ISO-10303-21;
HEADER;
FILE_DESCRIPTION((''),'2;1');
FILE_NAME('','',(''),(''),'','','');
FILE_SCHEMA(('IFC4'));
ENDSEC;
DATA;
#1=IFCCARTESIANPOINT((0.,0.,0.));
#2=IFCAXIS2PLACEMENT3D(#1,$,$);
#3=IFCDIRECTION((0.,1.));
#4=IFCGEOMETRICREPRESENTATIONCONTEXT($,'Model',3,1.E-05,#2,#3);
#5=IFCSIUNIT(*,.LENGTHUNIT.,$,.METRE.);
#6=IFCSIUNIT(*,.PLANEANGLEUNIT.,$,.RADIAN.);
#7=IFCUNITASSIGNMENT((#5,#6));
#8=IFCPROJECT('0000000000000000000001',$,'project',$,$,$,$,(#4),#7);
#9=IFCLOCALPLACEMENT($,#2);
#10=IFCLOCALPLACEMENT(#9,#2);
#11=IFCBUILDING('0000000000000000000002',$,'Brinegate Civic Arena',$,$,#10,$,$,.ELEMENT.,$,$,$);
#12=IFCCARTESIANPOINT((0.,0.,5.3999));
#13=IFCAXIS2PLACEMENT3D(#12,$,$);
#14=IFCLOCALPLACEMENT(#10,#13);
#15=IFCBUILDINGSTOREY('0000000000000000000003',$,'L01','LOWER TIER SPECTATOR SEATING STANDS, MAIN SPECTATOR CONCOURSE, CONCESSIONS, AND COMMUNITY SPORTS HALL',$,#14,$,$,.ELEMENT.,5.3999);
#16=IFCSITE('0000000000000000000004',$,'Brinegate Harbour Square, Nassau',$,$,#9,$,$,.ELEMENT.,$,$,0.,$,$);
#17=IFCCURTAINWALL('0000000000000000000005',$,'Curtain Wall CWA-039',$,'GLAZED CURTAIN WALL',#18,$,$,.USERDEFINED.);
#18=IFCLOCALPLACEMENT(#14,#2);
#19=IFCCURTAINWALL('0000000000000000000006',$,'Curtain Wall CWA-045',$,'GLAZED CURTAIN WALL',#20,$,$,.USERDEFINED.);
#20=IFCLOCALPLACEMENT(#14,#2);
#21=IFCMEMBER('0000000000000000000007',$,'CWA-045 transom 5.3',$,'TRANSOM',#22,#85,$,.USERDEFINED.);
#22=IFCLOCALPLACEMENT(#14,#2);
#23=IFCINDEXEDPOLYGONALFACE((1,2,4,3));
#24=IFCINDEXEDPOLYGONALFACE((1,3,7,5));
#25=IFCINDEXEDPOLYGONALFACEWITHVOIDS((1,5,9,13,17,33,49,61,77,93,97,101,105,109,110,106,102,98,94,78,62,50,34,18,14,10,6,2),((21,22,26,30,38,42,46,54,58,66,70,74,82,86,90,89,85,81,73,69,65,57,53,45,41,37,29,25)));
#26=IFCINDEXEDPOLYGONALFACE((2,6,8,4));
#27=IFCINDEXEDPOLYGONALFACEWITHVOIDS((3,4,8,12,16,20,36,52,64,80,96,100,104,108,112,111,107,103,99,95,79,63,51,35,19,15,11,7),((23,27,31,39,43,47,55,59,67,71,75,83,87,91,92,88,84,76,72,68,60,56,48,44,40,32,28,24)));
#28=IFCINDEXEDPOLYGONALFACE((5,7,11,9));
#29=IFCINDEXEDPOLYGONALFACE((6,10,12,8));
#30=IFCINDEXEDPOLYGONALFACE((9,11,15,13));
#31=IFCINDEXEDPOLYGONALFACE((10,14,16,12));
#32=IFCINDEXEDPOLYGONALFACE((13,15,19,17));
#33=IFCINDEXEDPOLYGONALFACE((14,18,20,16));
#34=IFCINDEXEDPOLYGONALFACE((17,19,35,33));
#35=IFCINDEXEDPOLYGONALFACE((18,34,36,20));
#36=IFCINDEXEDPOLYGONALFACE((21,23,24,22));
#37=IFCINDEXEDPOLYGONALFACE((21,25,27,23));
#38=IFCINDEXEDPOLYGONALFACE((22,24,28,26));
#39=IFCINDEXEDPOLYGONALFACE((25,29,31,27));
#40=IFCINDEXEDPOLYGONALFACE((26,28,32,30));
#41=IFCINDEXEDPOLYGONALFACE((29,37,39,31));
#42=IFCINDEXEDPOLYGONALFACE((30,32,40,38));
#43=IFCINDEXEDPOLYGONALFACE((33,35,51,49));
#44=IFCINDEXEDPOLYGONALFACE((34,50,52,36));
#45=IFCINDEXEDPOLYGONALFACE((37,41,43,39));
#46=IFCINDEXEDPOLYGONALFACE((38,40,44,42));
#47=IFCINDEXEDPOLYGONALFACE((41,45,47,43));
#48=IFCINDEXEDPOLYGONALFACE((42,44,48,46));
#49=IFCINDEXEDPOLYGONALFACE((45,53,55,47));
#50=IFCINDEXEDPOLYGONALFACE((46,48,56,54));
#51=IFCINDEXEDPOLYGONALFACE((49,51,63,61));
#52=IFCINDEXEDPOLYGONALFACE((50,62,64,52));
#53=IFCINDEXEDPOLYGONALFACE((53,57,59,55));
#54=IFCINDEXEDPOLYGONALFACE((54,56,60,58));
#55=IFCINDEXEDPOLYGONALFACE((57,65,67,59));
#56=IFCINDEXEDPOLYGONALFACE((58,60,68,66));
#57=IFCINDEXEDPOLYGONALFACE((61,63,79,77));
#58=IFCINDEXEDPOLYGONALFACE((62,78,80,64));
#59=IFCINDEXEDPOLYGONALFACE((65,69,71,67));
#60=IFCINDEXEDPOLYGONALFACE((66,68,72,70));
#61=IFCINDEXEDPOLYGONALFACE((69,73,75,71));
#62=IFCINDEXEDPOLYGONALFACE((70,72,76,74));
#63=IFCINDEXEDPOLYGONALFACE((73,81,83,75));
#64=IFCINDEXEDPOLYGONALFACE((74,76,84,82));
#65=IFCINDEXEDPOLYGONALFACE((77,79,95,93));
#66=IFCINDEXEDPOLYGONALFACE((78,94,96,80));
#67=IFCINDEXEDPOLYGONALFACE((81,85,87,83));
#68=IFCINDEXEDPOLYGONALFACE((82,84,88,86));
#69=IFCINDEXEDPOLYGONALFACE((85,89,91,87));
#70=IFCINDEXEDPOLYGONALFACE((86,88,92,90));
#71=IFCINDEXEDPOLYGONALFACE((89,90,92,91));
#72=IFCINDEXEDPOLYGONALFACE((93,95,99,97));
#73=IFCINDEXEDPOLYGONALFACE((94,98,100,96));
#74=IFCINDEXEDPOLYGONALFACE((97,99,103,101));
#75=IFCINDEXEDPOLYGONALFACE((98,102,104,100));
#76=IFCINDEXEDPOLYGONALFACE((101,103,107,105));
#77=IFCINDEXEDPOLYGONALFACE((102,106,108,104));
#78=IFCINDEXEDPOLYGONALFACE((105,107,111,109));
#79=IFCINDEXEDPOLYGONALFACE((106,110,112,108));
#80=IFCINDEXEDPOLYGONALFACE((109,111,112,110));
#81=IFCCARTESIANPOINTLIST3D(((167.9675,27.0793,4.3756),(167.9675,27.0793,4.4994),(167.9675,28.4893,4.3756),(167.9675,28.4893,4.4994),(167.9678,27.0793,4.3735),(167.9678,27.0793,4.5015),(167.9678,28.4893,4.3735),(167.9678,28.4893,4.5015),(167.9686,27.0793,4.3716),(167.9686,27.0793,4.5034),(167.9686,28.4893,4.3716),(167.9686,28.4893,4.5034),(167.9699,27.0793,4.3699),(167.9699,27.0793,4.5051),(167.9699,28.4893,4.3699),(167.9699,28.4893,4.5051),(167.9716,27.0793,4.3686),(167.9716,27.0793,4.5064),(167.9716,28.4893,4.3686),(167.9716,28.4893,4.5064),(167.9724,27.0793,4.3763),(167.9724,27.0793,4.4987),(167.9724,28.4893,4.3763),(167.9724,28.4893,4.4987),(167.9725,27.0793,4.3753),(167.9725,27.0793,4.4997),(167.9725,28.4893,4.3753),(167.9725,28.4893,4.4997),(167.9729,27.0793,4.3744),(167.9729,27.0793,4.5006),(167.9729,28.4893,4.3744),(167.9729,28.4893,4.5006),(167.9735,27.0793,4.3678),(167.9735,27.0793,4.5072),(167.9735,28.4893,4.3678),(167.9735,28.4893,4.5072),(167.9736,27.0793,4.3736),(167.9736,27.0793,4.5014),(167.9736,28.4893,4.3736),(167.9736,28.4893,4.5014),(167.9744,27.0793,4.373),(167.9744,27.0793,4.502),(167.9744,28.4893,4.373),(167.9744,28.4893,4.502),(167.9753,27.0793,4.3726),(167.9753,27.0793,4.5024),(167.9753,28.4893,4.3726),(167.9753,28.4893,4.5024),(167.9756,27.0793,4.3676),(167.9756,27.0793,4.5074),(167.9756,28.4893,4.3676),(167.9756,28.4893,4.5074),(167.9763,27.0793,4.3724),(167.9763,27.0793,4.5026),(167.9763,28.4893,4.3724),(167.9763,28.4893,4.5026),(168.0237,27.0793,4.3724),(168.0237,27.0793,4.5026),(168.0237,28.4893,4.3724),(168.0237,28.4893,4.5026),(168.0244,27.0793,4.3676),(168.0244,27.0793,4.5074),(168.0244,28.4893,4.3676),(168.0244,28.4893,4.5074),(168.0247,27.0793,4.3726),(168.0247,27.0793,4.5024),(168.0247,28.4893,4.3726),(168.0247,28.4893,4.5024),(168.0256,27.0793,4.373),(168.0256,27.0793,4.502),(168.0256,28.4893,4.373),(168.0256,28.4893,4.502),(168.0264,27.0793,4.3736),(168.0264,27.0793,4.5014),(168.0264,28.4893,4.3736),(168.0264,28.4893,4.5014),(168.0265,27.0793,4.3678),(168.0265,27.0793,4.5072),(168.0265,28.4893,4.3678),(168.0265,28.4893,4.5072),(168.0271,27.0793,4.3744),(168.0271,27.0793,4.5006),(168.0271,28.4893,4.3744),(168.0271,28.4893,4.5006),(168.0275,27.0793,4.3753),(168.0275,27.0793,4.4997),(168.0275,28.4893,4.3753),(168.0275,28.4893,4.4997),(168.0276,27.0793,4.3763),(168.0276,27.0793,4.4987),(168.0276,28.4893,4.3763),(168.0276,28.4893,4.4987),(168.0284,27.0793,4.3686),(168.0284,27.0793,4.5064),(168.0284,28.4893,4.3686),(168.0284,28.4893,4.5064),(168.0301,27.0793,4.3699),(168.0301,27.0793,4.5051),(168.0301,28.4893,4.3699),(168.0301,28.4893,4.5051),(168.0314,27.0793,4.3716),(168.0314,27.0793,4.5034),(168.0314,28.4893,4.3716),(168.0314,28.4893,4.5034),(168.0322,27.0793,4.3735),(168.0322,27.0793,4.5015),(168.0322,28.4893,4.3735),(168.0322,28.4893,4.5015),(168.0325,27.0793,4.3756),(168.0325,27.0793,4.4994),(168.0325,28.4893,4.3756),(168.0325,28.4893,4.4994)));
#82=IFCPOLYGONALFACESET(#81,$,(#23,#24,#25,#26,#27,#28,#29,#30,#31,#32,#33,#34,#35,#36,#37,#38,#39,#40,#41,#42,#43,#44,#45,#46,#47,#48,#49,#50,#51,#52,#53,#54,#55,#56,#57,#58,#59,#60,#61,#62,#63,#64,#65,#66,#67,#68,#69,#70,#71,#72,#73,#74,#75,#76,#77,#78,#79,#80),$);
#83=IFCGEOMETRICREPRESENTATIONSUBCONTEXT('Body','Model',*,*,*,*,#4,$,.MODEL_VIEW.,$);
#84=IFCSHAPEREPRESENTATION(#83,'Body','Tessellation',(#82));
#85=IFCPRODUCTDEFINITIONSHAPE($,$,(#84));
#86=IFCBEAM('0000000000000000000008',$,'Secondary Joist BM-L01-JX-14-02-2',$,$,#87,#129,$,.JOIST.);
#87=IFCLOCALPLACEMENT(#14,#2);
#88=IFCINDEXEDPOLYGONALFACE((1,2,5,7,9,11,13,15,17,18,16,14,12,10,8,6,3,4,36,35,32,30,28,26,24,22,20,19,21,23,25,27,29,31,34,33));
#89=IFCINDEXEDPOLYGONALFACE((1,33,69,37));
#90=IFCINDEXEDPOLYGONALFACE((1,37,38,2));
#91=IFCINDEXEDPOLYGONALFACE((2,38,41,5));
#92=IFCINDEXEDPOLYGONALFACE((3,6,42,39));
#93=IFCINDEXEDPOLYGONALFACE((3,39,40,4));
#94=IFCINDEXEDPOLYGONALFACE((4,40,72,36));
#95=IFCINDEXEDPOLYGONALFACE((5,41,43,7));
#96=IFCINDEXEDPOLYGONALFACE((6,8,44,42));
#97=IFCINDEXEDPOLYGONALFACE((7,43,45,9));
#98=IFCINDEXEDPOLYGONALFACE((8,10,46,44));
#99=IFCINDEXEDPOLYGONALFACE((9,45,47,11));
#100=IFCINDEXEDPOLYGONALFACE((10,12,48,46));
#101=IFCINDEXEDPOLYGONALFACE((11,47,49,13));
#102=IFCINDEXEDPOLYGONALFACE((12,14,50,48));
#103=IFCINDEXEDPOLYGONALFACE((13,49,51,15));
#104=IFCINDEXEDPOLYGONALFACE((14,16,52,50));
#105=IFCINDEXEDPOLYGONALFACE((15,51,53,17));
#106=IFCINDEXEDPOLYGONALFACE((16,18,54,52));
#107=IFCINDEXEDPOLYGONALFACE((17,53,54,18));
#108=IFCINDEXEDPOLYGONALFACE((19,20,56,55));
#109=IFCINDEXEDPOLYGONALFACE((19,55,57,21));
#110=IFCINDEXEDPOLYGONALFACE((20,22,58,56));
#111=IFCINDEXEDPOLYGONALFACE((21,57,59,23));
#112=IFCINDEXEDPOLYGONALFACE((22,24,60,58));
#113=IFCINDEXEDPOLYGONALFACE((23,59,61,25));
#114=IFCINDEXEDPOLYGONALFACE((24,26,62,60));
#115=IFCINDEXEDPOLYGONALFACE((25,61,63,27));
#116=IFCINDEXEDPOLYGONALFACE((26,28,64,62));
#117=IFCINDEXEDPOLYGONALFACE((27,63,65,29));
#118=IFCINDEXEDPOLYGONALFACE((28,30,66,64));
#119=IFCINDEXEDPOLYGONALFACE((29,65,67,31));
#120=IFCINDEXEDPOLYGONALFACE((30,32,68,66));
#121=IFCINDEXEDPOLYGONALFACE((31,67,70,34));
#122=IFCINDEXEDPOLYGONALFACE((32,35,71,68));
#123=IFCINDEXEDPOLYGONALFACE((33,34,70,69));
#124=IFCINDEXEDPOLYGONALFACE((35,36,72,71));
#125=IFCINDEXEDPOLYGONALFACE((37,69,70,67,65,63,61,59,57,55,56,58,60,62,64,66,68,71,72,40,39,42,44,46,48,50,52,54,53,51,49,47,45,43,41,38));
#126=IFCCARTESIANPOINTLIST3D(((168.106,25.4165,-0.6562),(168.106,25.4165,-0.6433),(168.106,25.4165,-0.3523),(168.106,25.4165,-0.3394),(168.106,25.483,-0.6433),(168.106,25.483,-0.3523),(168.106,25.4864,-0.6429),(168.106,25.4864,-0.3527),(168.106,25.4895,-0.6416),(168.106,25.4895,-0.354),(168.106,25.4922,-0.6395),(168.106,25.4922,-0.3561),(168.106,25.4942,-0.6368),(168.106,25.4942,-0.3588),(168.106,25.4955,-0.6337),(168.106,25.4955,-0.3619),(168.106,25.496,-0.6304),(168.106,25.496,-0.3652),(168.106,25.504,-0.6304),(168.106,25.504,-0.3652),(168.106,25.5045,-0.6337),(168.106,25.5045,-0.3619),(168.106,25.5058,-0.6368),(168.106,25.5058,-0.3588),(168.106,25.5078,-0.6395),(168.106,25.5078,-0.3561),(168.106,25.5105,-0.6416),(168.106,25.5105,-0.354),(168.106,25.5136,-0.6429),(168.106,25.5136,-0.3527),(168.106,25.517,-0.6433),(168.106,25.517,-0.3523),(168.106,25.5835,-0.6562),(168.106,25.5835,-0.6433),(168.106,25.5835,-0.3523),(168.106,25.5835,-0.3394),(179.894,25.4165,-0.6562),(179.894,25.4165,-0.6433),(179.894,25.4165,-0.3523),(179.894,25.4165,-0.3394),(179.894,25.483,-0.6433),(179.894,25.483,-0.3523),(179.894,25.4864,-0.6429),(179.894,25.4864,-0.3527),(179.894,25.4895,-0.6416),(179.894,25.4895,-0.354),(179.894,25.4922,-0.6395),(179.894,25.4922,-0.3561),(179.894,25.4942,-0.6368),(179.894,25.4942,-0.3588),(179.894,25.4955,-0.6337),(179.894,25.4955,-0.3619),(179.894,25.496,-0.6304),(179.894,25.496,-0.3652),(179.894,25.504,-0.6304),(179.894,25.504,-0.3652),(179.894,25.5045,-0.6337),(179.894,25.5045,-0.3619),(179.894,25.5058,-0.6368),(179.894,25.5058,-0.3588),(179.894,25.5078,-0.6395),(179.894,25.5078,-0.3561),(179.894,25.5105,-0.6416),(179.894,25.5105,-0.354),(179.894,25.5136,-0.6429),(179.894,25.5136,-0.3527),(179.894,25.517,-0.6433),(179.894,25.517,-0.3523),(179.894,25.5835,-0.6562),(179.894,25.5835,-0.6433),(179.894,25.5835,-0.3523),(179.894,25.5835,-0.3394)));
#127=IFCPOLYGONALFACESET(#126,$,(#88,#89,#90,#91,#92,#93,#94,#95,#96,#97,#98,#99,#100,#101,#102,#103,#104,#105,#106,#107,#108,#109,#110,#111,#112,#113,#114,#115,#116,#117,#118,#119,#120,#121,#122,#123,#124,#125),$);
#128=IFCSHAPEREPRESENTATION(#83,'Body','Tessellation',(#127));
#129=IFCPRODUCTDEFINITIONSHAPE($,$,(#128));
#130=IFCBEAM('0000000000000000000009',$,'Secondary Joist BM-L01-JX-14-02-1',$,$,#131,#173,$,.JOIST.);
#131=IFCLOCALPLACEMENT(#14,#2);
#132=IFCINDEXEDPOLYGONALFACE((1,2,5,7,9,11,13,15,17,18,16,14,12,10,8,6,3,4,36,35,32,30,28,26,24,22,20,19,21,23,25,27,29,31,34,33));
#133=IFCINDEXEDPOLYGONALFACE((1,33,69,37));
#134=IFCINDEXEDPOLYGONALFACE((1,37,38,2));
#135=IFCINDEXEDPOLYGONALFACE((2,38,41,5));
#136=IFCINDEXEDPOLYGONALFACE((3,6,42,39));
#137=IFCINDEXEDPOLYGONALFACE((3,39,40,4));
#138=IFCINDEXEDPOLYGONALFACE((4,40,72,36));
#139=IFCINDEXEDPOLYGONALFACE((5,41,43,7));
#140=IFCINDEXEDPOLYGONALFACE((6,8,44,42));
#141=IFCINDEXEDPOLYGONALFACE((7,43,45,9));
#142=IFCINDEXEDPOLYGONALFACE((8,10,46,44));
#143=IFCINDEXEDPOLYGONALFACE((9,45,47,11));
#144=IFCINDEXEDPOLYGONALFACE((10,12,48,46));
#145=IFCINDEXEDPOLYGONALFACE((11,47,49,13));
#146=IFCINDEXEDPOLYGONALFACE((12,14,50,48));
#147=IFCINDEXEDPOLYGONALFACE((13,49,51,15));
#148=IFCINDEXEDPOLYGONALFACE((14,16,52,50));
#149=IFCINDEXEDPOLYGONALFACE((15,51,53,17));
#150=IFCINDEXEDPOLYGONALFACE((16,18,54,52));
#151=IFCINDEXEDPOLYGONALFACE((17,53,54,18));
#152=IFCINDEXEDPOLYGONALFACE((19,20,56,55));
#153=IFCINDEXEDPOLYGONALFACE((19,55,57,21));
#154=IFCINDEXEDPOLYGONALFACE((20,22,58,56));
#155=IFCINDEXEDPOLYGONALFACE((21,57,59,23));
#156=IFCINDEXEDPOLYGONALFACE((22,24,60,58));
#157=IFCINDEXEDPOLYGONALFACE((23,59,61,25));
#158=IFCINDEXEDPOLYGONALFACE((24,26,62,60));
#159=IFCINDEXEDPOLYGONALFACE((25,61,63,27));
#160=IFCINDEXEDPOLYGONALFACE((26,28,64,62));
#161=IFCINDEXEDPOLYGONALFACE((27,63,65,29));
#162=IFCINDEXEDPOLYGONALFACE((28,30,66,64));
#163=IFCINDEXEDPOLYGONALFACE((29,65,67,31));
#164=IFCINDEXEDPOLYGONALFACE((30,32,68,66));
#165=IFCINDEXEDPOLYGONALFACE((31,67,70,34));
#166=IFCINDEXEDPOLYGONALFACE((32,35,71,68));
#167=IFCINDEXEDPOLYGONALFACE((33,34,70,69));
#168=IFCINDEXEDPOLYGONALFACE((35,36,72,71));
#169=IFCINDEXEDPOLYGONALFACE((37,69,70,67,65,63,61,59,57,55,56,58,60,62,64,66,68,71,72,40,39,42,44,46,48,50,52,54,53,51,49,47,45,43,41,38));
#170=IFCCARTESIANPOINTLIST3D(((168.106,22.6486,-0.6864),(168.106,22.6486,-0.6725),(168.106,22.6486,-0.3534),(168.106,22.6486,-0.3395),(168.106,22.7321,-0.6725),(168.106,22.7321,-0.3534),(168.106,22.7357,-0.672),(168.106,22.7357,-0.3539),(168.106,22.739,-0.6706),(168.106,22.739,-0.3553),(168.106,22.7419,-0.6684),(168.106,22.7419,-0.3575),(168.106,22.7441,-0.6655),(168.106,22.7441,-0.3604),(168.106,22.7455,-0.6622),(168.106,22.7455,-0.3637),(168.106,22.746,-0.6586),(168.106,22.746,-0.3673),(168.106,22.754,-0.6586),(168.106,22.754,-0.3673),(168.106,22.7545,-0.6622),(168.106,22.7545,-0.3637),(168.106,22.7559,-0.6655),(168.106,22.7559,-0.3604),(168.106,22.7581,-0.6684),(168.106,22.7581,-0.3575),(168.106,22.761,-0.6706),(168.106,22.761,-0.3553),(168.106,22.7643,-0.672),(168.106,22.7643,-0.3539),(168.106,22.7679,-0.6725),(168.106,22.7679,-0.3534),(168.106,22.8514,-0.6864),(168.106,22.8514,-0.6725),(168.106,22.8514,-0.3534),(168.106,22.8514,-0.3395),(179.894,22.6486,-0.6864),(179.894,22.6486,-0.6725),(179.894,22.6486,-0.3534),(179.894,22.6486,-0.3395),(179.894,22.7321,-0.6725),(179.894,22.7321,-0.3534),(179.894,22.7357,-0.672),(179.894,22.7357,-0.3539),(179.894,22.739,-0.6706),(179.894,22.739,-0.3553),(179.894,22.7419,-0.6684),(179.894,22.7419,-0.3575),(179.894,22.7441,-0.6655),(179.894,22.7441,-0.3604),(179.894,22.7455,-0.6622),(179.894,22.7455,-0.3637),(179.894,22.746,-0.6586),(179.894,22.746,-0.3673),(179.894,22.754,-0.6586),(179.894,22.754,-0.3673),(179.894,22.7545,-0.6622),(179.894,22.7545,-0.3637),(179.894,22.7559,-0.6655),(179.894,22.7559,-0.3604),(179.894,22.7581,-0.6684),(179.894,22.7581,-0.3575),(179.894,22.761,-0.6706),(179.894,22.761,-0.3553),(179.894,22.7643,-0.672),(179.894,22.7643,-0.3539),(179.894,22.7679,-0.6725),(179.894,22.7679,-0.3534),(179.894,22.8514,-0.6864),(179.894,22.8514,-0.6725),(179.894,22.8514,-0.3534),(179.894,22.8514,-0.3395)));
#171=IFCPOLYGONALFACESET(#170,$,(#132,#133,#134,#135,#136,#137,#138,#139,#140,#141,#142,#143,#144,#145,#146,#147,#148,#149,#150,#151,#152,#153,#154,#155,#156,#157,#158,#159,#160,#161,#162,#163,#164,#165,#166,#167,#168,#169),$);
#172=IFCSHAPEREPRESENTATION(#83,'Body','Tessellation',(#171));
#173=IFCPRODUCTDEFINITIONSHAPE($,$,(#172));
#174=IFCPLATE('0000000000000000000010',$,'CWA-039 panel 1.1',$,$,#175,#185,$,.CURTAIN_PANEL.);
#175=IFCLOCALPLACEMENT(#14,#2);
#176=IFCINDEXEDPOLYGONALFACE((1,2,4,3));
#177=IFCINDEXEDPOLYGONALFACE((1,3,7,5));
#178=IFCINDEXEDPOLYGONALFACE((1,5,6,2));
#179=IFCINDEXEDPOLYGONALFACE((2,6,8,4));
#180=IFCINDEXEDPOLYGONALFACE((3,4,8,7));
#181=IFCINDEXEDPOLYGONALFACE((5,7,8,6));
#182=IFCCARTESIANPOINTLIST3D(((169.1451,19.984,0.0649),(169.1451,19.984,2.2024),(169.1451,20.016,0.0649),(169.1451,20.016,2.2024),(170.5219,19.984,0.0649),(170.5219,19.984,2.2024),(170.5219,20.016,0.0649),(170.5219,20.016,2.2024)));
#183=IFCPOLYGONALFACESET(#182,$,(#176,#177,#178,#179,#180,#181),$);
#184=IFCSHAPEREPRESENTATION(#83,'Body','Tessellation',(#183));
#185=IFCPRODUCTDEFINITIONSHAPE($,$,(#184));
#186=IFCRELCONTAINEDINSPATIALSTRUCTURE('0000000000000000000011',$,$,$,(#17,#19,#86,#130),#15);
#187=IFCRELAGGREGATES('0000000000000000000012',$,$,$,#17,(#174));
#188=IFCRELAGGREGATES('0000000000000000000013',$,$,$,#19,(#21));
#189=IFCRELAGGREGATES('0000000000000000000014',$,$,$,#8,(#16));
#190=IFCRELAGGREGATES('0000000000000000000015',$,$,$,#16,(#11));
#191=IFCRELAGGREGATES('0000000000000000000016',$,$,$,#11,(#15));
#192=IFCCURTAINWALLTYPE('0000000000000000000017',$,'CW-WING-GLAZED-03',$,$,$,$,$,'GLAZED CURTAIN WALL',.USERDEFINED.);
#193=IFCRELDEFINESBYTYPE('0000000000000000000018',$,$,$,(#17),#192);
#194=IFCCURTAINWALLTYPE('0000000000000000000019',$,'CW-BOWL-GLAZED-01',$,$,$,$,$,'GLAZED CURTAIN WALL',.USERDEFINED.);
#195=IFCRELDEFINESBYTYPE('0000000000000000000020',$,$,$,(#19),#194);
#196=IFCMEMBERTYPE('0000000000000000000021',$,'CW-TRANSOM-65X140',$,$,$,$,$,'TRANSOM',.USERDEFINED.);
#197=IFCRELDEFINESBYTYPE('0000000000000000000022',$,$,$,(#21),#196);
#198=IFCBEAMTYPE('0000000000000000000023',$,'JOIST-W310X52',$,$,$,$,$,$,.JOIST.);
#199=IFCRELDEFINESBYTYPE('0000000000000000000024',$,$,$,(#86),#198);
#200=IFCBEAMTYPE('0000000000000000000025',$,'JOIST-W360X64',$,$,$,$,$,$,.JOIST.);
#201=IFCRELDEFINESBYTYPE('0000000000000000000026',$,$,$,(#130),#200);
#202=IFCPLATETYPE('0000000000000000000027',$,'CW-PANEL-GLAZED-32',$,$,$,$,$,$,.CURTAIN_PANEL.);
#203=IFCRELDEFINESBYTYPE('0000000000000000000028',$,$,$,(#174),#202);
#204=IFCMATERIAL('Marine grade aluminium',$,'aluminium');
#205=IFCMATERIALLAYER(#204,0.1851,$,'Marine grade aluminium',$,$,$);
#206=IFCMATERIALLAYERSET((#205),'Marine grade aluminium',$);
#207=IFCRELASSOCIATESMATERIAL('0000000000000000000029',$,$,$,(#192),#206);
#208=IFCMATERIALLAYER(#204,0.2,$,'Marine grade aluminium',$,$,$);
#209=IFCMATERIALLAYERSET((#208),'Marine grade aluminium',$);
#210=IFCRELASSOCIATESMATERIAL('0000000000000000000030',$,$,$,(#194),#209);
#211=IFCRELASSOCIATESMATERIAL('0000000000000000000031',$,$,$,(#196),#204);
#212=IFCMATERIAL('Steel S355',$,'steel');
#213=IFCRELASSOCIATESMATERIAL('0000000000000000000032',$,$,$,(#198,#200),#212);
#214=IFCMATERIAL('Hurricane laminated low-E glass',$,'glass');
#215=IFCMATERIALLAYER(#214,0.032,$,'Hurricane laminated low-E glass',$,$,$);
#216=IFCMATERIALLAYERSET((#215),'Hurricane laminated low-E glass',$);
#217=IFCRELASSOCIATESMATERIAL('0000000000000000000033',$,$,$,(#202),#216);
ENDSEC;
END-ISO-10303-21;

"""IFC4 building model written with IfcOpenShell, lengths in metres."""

from ifc_helpers import new_model, si_unit, direction, frame, origin, origin_2d, place, context, subcontext, project, spatial, rectangle, hollow_rectangle, i_section, extrude, material, layer, layer_set, material_profile, profile_set, type_object, element, aggregate, save


model = new_model("IFC4")

# Units and contexts
model_context = context("Model", 3, precision=1e-05, world=origin(), true_north=direction((0.0, 1.0)))
body_context = subcontext(model_context, "Body", "Model", "MODEL_VIEW")
ifc_project = project(units=[si_unit("LENGTHUNIT", "METRE"), si_unit("PLANEANGLEUNIT", "RADIAN")], contexts=[model_context])

# Site, building, storey
site_placement = place(None, origin())
site = spatial("IfcSite", under=ifc_project, at=site_placement, Name="Brinegate Harbour Square, Nassau", CompositionType="ELEMENT", RefElevation=0.0)
building_placement = place(site_placement, origin())
building = spatial("IfcBuilding", under=site, at=building_placement, Name="Brinegate Civic Arena", CompositionType="ELEMENT")
storey_placement = place(building_placement, frame((0.0, 0.0, 5.3999)))
storey = spatial("IfcBuildingStorey", under=building, at=storey_placement, Name="L01", Description="LOWER TIER SPECTATOR SEATING STANDS, MAIN SPECTATOR CONCOURSE, CONCESSIONS, AND COMMUNITY SPORTS HALL", CompositionType="ELEMENT", Elevation=5.3999)

# Curtain wall
ifc_material_1 = material(Name="Marine grade aluminium", Category="aluminium")
ifc_layer_1 = layer(ifc_material_1, 0.1851, Name="Marine grade aluminium")
ifc_layer_set_1 = layer_set([ifc_layer_1], Name="Marine grade aluminium")
curtain_wall_type_1 = type_object("IfcCurtainWallType", Name="CW-WING-GLAZED-03", ElementType="GLAZED CURTAIN WALL", PredefinedType="USERDEFINED", material=ifc_layer_set_1)
curtain_wall_1_placement = place(storey_placement, origin())
curtain_wall_1 = element("IfcCurtainWall", 1, at=curtain_wall_1_placement, inside=storey, type_object=curtain_wall_type_1, Name="Curtain Wall CWA-039", ObjectType="GLAZED CURTAIN WALL", PredefinedType="USERDEFINED")

# Curtain wall
ifc_layer_2 = layer(ifc_material_1, 0.2, Name="Marine grade aluminium")
ifc_layer_set_2 = layer_set([ifc_layer_2], Name="Marine grade aluminium")
curtain_wall_type_2 = type_object("IfcCurtainWallType", Name="CW-BOWL-GLAZED-01", ElementType="GLAZED CURTAIN WALL", PredefinedType="USERDEFINED", material=ifc_layer_set_2)
curtain_wall_2_placement = place(storey_placement, origin())
curtain_wall_2 = element("IfcCurtainWall", 2, at=curtain_wall_2_placement, inside=storey, type_object=curtain_wall_type_2, Name="Curtain Wall CWA-045", ObjectType="GLAZED CURTAIN WALL", PredefinedType="USERDEFINED")

# Member
ifc_material_profile_1 = material_profile(ifc_material_1, hollow_rectangle(XDim=0.0649, YDim=0.1399, WallThickness=0.0049, InnerFilletRadius=0.0039, OuterFilletRadius=0.0081, at=origin_2d()), Name="TRN65X140")
ifc_profile_set_1 = profile_set([ifc_material_profile_1], Name="Marine grade aluminium")
member_type_1 = type_object("IfcMemberType", Name="CW-TRANSOM-65X140", ElementType="TRANSOM", PredefinedType="USERDEFINED", material=ifc_profile_set_1)
member_1_placement = place(storey_placement, frame((168.0, 27.0793, 4.4375), z_axis=(0.0, 1.0, 0.0), x_axis=(-1.0, 0.0, 0.0)))
member_1 = element("IfcMember", 3, at=member_1_placement, type_object=member_type_1, Name="CWA-045 transom 5.3", ObjectType="TRANSOM", PredefinedType="USERDEFINED", context=body_context, shape_type="SweptSolid", body=[
    extrude(hollow_rectangle(XDim=0.0649, YDim=0.1399, WallThickness=0.0049, InnerFilletRadius=0.0039, OuterFilletRadius=0.0081, at=origin_2d()), origin(), (0.0, 0.0, 1.0), 1.4099),
])

# Beams
ifc_material_2 = material(Name="Steel S355", Category="steel")
ifc_material_profile_2 = material_profile(ifc_material_2, i_section(OverallWidth=0.167, OverallDepth=0.3169, WebThickness=0.0081, FlangeThickness=0.0129, FilletRadius=0.0129, at=origin_2d()), Name="W310X52")
ifc_profile_set_2 = profile_set([ifc_material_profile_2], Name="Steel S355")
beam_type_1 = type_object("IfcBeamType", Name="JOIST-W310X52", PredefinedType="JOIST", material=ifc_profile_set_2)
beam_1_placement = place(storey_placement, frame((168.106, 25.5, -0.4978), z_axis=(1.0, 0.0, 0.0), x_axis=(0.0, 1.0, 0.0)))
element("IfcBeam", 4, at=beam_1_placement, inside=storey, type_object=beam_type_1, Name="Secondary Joist BM-L01-JX-14-02-2", PredefinedType="JOIST", context=body_context, shape_type="SweptSolid", body=[
    extrude(i_section(OverallWidth=0.167, OverallDepth=0.3169, WebThickness=0.0081, FlangeThickness=0.0129, FilletRadius=0.0129, at=origin_2d()), origin(), (0.0, 0.0, 1.0), 11.7881),
])
ifc_material_profile_3 = material_profile(ifc_material_2, i_section(OverallWidth=0.2029, OverallDepth=0.3469, WebThickness=0.0081, FlangeThickness=0.0139, FilletRadius=0.0139, at=origin_2d()), Name="W360X64")
ifc_profile_set_3 = profile_set([ifc_material_profile_3], Name="Steel S355")
beam_type_2 = type_object("IfcBeamType", Name="JOIST-W360X64", PredefinedType="JOIST", material=ifc_profile_set_3)
beam_2_placement = place(storey_placement, frame((168.106, 22.75, -0.5129), z_axis=(1.0, 0.0, 0.0), x_axis=(0.0, 1.0, 0.0)))
element("IfcBeam", 5, at=beam_2_placement, inside=storey, type_object=beam_type_2, Name="Secondary Joist BM-L01-JX-14-02-1", PredefinedType="JOIST", context=body_context, shape_type="SweptSolid", body=[
    extrude(i_section(OverallWidth=0.2029, OverallDepth=0.3469, WebThickness=0.0081, FlangeThickness=0.0139, FilletRadius=0.0139, at=origin_2d()), origin(), (0.0, 0.0, 1.0), 11.7881),
])

# Plate
ifc_material_3 = material(Name="Hurricane laminated low-E glass", Category="glass")
ifc_layer_3 = layer(ifc_material_3, 0.032, Name="Hurricane laminated low-E glass")
ifc_layer_set_3 = layer_set([ifc_layer_3], Name="Hurricane laminated low-E glass")
plate_type_1 = type_object("IfcPlateType", Name="CW-PANEL-GLAZED-32", PredefinedType="CURTAIN_PANEL", material=ifc_layer_set_3)
plate_1_placement = place(storey_placement, frame((169.8335, 20.0, 0.0649), z_axis=(0.0, 0.0, 1.0), x_axis=(1.0, 0.0, 0.0)))
plate_1 = element("IfcPlate", 6, at=plate_1_placement, type_object=plate_type_1, Name="CWA-039 panel 1.1", PredefinedType="CURTAIN_PANEL", context=body_context, shape_type="SweptSolid", body=[
    extrude(rectangle(XDim=1.3767, YDim=0.032, at=origin_2d()), origin(), (0.0, 0.0, 1.0), 2.1375),
])
aggregate(curtain_wall_1, [plate_1])
aggregate(curtain_wall_2, [member_1])

save(model, "model.ifc")
